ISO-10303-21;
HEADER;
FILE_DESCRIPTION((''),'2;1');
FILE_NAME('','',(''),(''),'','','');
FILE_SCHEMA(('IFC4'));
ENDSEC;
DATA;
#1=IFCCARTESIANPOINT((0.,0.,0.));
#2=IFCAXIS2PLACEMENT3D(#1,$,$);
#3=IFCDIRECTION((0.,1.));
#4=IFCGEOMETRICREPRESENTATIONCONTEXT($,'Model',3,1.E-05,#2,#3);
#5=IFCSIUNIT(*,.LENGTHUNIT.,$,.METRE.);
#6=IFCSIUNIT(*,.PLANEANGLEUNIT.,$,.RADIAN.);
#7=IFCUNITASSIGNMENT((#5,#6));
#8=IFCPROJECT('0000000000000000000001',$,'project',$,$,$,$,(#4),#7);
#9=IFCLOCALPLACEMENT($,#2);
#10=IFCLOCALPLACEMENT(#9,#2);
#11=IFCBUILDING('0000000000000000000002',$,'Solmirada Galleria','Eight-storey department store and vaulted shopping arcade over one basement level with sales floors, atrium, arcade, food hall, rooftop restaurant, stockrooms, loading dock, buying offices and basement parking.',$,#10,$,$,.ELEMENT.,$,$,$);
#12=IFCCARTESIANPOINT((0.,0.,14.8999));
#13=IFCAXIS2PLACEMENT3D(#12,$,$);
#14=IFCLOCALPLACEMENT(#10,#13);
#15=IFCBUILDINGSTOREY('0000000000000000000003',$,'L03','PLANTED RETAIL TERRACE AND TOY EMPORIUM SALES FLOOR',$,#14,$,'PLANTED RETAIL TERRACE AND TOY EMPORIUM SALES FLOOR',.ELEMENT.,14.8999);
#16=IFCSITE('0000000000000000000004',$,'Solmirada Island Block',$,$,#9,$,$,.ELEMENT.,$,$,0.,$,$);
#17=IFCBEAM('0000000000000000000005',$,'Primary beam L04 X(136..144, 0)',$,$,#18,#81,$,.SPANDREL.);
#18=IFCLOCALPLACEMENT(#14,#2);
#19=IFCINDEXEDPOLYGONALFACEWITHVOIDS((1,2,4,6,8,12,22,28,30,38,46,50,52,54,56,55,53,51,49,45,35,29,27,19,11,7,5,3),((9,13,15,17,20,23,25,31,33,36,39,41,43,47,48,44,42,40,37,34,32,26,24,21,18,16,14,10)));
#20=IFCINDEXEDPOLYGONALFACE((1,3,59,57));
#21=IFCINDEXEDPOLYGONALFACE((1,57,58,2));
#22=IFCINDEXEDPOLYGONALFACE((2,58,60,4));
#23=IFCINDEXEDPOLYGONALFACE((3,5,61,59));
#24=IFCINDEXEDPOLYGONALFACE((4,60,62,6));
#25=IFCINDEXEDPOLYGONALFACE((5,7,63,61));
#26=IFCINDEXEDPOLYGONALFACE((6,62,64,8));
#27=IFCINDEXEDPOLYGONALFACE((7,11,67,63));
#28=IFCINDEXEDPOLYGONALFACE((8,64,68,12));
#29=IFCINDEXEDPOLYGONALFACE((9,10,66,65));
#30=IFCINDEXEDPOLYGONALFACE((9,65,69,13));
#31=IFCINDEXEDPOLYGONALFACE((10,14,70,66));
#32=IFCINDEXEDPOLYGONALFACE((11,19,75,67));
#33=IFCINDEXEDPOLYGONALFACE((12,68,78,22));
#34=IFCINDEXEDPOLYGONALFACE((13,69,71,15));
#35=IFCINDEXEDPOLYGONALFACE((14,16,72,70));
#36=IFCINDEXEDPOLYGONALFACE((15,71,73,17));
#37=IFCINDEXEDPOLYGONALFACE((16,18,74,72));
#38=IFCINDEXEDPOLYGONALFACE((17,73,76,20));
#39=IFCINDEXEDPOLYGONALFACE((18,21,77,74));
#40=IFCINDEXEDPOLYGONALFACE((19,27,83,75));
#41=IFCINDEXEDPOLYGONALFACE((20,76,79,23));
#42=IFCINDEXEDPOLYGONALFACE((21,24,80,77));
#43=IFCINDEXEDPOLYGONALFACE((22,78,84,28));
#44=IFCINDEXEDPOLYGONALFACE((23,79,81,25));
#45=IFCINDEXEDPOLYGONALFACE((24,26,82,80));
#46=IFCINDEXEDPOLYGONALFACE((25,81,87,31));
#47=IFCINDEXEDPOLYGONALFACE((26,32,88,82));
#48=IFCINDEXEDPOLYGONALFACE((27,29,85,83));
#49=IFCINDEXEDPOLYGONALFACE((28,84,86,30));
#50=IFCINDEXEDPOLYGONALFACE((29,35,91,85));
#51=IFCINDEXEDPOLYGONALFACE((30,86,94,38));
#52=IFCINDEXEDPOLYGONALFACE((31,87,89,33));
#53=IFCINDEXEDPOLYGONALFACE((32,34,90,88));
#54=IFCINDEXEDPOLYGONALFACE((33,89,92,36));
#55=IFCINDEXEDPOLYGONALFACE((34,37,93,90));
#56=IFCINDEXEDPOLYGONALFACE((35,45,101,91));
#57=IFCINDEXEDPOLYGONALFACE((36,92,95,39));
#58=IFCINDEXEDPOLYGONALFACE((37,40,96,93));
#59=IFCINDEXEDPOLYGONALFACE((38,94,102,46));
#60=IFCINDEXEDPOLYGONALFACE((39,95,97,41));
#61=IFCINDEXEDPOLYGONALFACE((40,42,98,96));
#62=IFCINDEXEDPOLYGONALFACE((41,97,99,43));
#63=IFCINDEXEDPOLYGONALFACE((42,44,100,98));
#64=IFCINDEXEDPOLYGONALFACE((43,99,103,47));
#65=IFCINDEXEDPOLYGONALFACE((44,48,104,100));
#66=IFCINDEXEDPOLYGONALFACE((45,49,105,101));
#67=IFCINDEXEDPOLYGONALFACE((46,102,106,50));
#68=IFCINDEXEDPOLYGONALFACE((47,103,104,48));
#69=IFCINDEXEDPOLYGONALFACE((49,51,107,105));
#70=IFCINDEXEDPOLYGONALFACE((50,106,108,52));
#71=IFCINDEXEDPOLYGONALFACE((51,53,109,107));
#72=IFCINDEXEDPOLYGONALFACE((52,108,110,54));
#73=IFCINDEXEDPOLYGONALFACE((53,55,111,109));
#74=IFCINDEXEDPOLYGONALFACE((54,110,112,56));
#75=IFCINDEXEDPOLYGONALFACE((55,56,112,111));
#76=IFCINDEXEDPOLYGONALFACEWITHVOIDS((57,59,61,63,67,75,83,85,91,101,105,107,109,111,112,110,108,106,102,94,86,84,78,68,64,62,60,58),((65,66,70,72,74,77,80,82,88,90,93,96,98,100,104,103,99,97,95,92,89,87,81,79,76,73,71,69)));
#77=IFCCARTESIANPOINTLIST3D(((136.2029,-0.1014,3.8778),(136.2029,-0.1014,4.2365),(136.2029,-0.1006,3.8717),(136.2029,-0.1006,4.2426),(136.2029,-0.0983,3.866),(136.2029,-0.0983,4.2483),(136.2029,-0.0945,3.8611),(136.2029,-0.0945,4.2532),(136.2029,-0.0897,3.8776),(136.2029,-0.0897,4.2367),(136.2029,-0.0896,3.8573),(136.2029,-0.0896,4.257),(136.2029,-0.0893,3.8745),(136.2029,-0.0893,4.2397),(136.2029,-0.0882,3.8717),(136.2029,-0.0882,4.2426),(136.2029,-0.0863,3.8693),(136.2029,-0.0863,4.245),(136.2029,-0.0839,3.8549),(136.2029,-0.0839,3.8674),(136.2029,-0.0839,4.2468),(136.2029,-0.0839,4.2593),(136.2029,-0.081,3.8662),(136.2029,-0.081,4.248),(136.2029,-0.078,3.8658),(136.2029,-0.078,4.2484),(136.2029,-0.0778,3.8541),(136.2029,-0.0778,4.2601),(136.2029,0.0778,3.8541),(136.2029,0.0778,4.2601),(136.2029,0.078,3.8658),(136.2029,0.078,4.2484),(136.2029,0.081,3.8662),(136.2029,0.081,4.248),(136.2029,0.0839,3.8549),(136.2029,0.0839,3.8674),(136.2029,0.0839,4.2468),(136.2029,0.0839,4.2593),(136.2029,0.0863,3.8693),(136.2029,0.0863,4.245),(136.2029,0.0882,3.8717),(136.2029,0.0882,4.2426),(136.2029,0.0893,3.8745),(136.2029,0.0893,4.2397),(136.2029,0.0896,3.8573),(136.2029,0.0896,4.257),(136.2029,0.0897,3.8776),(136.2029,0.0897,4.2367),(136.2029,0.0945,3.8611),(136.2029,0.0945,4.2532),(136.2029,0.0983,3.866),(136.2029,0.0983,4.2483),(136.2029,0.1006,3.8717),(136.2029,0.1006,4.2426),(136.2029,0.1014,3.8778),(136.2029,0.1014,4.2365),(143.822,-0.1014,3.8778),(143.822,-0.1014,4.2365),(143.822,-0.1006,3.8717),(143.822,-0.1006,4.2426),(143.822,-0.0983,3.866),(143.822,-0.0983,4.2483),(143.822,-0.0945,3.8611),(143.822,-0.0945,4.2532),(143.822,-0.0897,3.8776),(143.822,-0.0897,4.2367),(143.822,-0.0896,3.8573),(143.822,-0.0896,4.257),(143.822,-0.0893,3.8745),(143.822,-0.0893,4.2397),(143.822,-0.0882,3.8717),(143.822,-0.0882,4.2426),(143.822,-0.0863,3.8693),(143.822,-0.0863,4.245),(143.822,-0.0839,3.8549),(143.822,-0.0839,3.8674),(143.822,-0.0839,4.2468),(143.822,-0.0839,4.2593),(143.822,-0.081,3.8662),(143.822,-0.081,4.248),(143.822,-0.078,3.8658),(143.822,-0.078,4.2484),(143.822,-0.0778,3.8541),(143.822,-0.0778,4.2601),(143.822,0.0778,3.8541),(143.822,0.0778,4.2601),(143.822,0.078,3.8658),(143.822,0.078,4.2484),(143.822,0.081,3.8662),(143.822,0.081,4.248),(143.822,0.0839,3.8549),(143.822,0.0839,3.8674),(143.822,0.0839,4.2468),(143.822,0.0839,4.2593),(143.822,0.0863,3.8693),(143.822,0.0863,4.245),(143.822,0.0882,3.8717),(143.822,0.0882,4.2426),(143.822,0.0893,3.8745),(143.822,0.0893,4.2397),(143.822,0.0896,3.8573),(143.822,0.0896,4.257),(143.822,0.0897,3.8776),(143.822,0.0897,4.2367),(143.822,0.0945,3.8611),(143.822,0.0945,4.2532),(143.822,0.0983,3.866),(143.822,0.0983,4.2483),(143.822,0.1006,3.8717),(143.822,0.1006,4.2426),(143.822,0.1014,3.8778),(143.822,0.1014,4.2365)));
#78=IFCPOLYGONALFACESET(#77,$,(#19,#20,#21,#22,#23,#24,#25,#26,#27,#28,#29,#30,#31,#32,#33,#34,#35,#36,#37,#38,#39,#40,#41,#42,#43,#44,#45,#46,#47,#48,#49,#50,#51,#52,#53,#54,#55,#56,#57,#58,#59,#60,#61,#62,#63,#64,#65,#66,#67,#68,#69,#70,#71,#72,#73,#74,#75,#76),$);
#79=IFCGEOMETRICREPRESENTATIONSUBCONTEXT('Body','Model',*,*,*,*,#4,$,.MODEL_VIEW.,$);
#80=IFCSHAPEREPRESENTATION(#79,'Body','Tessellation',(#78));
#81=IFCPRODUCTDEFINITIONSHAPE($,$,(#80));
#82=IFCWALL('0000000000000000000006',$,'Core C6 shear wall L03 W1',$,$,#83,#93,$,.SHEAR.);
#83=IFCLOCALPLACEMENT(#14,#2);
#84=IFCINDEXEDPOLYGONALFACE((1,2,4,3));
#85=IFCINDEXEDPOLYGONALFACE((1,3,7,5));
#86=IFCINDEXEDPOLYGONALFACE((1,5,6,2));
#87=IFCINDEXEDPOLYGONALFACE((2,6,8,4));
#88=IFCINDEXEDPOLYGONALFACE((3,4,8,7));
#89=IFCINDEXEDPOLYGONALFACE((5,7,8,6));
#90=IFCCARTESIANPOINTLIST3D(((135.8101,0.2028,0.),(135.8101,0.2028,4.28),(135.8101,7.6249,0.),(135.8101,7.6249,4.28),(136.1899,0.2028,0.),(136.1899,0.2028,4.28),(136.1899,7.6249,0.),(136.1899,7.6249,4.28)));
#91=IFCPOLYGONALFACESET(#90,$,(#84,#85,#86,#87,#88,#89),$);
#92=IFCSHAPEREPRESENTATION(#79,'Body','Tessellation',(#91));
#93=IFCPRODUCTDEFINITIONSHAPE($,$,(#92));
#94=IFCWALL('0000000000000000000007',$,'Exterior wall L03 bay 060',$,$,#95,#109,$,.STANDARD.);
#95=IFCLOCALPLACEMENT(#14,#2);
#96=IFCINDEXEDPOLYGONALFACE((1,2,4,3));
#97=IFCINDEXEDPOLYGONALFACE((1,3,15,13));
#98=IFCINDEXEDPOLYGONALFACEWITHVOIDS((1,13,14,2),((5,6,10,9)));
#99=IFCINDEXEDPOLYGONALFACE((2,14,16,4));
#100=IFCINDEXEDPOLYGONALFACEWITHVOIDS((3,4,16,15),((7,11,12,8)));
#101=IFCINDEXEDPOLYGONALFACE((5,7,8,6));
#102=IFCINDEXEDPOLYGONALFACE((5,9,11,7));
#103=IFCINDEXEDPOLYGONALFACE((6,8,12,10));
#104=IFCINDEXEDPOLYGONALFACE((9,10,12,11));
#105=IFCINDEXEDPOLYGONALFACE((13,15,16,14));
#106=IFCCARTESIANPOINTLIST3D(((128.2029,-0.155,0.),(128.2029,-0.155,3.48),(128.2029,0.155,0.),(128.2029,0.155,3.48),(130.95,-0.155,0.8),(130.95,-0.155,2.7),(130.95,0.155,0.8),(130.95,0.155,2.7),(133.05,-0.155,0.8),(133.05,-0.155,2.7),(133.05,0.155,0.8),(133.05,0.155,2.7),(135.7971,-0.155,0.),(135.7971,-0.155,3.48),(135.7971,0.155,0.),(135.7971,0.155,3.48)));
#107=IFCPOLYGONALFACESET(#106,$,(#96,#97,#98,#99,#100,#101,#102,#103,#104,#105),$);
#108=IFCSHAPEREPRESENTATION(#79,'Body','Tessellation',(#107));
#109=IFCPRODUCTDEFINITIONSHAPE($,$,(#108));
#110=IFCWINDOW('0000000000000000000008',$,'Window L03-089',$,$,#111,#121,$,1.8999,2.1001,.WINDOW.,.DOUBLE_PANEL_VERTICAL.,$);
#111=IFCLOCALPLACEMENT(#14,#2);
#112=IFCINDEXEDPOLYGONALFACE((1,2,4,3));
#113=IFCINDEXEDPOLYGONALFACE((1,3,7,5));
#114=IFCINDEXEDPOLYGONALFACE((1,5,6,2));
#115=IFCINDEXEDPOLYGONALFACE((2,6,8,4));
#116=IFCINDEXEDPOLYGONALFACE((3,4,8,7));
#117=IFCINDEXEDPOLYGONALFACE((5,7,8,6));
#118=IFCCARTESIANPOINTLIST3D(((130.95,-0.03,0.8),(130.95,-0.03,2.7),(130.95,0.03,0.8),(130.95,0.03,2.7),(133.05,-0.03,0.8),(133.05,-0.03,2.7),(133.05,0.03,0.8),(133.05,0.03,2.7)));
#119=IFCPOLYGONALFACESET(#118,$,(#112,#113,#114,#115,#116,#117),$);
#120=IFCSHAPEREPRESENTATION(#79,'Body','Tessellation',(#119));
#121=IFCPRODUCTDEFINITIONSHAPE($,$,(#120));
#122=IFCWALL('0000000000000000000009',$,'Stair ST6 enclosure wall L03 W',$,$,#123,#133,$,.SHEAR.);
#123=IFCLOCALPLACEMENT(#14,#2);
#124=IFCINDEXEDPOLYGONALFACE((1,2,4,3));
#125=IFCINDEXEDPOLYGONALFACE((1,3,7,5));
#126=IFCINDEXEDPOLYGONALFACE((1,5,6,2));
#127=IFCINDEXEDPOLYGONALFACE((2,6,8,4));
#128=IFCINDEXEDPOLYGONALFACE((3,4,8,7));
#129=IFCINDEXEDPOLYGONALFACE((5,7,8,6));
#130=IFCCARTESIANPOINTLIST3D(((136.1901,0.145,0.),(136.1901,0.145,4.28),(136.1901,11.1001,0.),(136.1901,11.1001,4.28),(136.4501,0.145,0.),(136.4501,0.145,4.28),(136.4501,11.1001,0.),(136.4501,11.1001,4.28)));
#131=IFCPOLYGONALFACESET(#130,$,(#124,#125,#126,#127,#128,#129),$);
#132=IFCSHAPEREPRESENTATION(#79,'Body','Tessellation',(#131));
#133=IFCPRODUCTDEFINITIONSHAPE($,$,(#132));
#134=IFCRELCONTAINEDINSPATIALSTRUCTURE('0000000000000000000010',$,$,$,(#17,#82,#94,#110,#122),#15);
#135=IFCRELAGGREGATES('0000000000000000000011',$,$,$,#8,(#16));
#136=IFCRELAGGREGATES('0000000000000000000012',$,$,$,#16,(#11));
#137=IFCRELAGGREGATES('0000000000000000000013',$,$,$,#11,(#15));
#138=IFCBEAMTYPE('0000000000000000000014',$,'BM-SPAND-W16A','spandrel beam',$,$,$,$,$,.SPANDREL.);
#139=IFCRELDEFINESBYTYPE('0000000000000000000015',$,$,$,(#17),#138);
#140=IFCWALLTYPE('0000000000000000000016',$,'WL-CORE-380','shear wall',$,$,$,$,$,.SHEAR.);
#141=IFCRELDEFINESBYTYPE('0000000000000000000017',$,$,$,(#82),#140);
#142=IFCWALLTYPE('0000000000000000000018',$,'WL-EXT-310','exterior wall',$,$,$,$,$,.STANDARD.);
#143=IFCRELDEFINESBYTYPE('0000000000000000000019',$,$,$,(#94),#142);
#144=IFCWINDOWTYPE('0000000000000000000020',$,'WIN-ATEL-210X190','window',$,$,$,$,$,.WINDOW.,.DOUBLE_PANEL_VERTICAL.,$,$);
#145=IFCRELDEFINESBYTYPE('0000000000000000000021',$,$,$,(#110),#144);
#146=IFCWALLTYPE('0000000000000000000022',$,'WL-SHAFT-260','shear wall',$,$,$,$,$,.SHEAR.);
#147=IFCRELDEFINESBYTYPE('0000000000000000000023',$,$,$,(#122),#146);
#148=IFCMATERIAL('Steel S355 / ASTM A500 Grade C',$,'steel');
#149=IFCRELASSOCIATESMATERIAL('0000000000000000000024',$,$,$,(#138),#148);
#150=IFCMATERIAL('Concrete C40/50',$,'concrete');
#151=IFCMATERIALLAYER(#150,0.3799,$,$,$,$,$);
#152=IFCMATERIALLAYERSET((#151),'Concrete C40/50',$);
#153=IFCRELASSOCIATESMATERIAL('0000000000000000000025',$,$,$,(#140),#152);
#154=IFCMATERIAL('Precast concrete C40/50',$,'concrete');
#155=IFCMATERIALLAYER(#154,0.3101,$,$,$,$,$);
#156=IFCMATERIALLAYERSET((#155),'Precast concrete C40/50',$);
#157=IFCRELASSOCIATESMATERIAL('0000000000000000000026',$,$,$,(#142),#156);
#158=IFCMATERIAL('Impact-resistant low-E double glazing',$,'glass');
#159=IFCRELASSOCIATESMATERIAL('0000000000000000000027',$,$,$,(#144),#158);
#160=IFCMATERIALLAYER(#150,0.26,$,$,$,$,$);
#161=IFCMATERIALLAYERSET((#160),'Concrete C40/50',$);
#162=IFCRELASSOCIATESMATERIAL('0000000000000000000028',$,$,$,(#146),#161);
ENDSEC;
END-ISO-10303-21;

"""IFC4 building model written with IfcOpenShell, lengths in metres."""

from ifc_helpers import new_model, si_unit, direction, frame, frame_2d, origin, origin_2d, place, context, subcontext, project, spatial, rectangle, hollow_rectangle, extrude, material, layer, layer_set, material_profile, profile_set, type_object, element, fill, save


model = new_model("IFC4")

# Units and contexts
model_context = context("Model", 3, precision=1e-05, world=origin(), true_north=direction((0.0, 1.0)))
body_context = subcontext(model_context, "Body", "Model", "MODEL_VIEW")
ifc_project = project(units=[si_unit("LENGTHUNIT", "METRE"), si_unit("PLANEANGLEUNIT", "RADIAN")], contexts=[model_context])

# Site, building, storey
site_placement = place(None, origin())
site = spatial("IfcSite", under=ifc_project, at=site_placement, Name="Solmirada Island Block", CompositionType="ELEMENT", RefElevation=0.0)
building_placement = place(site_placement, origin())
building = spatial("IfcBuilding", under=site, at=building_placement, Name="Solmirada Galleria", Description="Eight-storey department store and vaulted shopping arcade over one basement level with sales floors, atrium, arcade, food hall, rooftop restaurant, stockrooms, loading dock, buying offices and basement parking.", CompositionType="ELEMENT")
storey_placement = place(building_placement, frame((0.0, 0.0, 14.8999)))
storey = spatial("IfcBuildingStorey", under=building, at=storey_placement, Name="L03", Description="PLANTED RETAIL TERRACE AND TOY EMPORIUM SALES FLOOR", LongName="PLANTED RETAIL TERRACE AND TOY EMPORIUM SALES FLOOR", CompositionType="ELEMENT", Elevation=14.8999)

# Shared definitions
ifc_material_1 = material(Name="Steel S355 / ASTM A500 Grade C", Category="steel")
ifc_material_2 = material(Name="Concrete C40/50", Category="concrete")

# Beam
ifc_material_profile_1 = material_profile(ifc_material_1, hollow_rectangle(XDim=0.2029, YDim=0.406, WallThickness=0.0117, InnerFilletRadius=0.0117, OuterFilletRadius=0.0237, at=origin_2d()), Name="HSS16X8X1/2")
ifc_profile_set_1 = profile_set([ifc_material_profile_1], Name="Steel S355 / ASTM A500 Grade C")
beam_type_1 = type_object("IfcBeamType", Name="BM-SPAND-W16A", Description="spandrel beam", PredefinedType="SPANDREL", material=ifc_profile_set_1)
beam_1_placement = place(storey_placement, frame((136.2029, 0.0, 4.0571), z_axis=(1.0, 0.0, 0.0), x_axis=(0.0, 1.0, 0.0)))
element("IfcBeam", 1, at=beam_1_placement, inside=storey, type_object=beam_type_1, Name="Primary beam L04 X(136..144, 0)", PredefinedType="SPANDREL", context=body_context, shape_type="SweptSolid", body=[
    extrude(hollow_rectangle(XDim=0.2029, YDim=0.406, WallThickness=0.0117, InnerFilletRadius=0.0117, OuterFilletRadius=0.0237, at=origin_2d()), origin(), (0.0, 0.0, 1.0), 7.6191),
])

# Shared definitions
ifc_layer_1 = layer(ifc_material_2, 0.3799)
ifc_layer_set_1 = layer_set([ifc_layer_1], Name="Concrete C40/50")
wall_type_1 = type_object("IfcWallType", Name="WL-CORE-380", Description="shear wall", PredefinedType="SHEAR", material=ifc_layer_set_1)

# Wall
wall_1_placement = place(storey_placement, frame((136.0, 0.2029, 0.0), z_axis=(0.0, 0.0, 1.0), x_axis=(0.0, 1.0, 0.0)))
element("IfcWall", 2, at=wall_1_placement, inside=storey, type_object=wall_type_1, Name="Core C6 shear wall L03 W1", PredefinedType="SHEAR", context=body_context, shape_type="SweptSolid", body=[
    extrude(rectangle(XDim=7.4221, YDim=0.3799, at=frame_2d((3.7109, 0.0))), origin(), (0.0, 0.0, 1.0), 4.28),
])

# Wall, opening, window
ifc_material_3 = material(Name="Precast concrete C40/50", Category="concrete")
ifc_layer_2 = layer(ifc_material_3, 0.3101)
ifc_layer_set_2 = layer_set([ifc_layer_2], Name="Precast concrete C40/50")
wall_type_2 = type_object("IfcWallType", Name="WL-EXT-310", Description="exterior wall", PredefinedType="STANDARD", material=ifc_layer_set_2)
wall_2_placement = place(storey_placement, frame((135.7971, 0.0, 0.0), z_axis=(0.0, 0.0, 1.0), x_axis=(-1.0, 0.0, 0.0)))
wall_2 = element("IfcWall", 3, at=wall_2_placement, inside=storey, type_object=wall_type_2, Name="Exterior wall L03 bay 060", PredefinedType="STANDARD", context=body_context, shape_type="SweptSolid", body=[
    extrude(rectangle(XDim=7.5942, YDim=0.3101, at=frame_2d((3.7971, 0.0))), origin(), (0.0, 0.0, 1.0), 3.48),
])
opening_1_placement = place(wall_2_placement, frame((2.7471, 0.0, 0.8)))
opening_1 = element("IfcOpeningElement", 4, at=opening_1_placement, cuts=wall_2, PredefinedType="OPENING", context=body_context, shape_type="SweptSolid", body=[
    extrude(rectangle(XDim=2.1001, YDim=1.8999, at=frame_2d((1.05, 0.95))), frame((0.0, 0.165, 0.0), z_axis=(0.0, -1.0, 0.0), x_axis=(1.0, 0.0, 0.0)), (0.0, 0.0, 1.0), 0.3301),
])
ifc_material_4 = material(Name="Impact-resistant low-E double glazing", Category="glass")
window_type = type_object("IfcWindowType", Name="WIN-ATEL-210X190", Description="window", PartitioningType="DOUBLE_PANEL_VERTICAL", PredefinedType="WINDOW", material=ifc_material_4)
window_placement = place(opening_1_placement, origin())
window = element("IfcWindow", 5, at=window_placement, inside=storey, type_object=window_type, Name="Window L03-089", OverallHeight=1.8999, OverallWidth=2.1001, PartitioningType="DOUBLE_PANEL_VERTICAL", PredefinedType="WINDOW", context=body_context, shape_type="SweptSolid", body=[
    extrude(rectangle(XDim=2.1001, YDim=1.8999, at=frame_2d((1.05, 0.95))), frame((0.0, 0.03, 0.0), z_axis=(0.0, -1.0, 0.0), x_axis=(1.0, 0.0, 0.0)), (0.0, 0.0, 1.0), 0.0601),
])
fill(opening_1, window)

# Wall
ifc_layer_3 = layer(ifc_material_2, 0.26)
ifc_layer_set_3 = layer_set([ifc_layer_3], Name="Concrete C40/50")
wall_type_3 = type_object("IfcWallType", Name="WL-SHAFT-260", Description="shear wall", PredefinedType="SHEAR", material=ifc_layer_set_3)
wall_3_placement = place(storey_placement, frame((136.3201, 0.145, 0.0), z_axis=(0.0, 0.0, 1.0), x_axis=(0.0, 1.0, 0.0)))
element("IfcWall", 6, at=wall_3_placement, inside=storey, type_object=wall_type_3, Name="Stair ST6 enclosure wall L03 W", PredefinedType="SHEAR", context=body_context, shape_type="SweptSolid", body=[
    extrude(rectangle(XDim=10.9551, YDim=0.26, at=frame_2d((5.4775, 0.0))), origin(), (0.0, 0.0, 1.0), 4.28),
])

save(model, "model.ifc")
